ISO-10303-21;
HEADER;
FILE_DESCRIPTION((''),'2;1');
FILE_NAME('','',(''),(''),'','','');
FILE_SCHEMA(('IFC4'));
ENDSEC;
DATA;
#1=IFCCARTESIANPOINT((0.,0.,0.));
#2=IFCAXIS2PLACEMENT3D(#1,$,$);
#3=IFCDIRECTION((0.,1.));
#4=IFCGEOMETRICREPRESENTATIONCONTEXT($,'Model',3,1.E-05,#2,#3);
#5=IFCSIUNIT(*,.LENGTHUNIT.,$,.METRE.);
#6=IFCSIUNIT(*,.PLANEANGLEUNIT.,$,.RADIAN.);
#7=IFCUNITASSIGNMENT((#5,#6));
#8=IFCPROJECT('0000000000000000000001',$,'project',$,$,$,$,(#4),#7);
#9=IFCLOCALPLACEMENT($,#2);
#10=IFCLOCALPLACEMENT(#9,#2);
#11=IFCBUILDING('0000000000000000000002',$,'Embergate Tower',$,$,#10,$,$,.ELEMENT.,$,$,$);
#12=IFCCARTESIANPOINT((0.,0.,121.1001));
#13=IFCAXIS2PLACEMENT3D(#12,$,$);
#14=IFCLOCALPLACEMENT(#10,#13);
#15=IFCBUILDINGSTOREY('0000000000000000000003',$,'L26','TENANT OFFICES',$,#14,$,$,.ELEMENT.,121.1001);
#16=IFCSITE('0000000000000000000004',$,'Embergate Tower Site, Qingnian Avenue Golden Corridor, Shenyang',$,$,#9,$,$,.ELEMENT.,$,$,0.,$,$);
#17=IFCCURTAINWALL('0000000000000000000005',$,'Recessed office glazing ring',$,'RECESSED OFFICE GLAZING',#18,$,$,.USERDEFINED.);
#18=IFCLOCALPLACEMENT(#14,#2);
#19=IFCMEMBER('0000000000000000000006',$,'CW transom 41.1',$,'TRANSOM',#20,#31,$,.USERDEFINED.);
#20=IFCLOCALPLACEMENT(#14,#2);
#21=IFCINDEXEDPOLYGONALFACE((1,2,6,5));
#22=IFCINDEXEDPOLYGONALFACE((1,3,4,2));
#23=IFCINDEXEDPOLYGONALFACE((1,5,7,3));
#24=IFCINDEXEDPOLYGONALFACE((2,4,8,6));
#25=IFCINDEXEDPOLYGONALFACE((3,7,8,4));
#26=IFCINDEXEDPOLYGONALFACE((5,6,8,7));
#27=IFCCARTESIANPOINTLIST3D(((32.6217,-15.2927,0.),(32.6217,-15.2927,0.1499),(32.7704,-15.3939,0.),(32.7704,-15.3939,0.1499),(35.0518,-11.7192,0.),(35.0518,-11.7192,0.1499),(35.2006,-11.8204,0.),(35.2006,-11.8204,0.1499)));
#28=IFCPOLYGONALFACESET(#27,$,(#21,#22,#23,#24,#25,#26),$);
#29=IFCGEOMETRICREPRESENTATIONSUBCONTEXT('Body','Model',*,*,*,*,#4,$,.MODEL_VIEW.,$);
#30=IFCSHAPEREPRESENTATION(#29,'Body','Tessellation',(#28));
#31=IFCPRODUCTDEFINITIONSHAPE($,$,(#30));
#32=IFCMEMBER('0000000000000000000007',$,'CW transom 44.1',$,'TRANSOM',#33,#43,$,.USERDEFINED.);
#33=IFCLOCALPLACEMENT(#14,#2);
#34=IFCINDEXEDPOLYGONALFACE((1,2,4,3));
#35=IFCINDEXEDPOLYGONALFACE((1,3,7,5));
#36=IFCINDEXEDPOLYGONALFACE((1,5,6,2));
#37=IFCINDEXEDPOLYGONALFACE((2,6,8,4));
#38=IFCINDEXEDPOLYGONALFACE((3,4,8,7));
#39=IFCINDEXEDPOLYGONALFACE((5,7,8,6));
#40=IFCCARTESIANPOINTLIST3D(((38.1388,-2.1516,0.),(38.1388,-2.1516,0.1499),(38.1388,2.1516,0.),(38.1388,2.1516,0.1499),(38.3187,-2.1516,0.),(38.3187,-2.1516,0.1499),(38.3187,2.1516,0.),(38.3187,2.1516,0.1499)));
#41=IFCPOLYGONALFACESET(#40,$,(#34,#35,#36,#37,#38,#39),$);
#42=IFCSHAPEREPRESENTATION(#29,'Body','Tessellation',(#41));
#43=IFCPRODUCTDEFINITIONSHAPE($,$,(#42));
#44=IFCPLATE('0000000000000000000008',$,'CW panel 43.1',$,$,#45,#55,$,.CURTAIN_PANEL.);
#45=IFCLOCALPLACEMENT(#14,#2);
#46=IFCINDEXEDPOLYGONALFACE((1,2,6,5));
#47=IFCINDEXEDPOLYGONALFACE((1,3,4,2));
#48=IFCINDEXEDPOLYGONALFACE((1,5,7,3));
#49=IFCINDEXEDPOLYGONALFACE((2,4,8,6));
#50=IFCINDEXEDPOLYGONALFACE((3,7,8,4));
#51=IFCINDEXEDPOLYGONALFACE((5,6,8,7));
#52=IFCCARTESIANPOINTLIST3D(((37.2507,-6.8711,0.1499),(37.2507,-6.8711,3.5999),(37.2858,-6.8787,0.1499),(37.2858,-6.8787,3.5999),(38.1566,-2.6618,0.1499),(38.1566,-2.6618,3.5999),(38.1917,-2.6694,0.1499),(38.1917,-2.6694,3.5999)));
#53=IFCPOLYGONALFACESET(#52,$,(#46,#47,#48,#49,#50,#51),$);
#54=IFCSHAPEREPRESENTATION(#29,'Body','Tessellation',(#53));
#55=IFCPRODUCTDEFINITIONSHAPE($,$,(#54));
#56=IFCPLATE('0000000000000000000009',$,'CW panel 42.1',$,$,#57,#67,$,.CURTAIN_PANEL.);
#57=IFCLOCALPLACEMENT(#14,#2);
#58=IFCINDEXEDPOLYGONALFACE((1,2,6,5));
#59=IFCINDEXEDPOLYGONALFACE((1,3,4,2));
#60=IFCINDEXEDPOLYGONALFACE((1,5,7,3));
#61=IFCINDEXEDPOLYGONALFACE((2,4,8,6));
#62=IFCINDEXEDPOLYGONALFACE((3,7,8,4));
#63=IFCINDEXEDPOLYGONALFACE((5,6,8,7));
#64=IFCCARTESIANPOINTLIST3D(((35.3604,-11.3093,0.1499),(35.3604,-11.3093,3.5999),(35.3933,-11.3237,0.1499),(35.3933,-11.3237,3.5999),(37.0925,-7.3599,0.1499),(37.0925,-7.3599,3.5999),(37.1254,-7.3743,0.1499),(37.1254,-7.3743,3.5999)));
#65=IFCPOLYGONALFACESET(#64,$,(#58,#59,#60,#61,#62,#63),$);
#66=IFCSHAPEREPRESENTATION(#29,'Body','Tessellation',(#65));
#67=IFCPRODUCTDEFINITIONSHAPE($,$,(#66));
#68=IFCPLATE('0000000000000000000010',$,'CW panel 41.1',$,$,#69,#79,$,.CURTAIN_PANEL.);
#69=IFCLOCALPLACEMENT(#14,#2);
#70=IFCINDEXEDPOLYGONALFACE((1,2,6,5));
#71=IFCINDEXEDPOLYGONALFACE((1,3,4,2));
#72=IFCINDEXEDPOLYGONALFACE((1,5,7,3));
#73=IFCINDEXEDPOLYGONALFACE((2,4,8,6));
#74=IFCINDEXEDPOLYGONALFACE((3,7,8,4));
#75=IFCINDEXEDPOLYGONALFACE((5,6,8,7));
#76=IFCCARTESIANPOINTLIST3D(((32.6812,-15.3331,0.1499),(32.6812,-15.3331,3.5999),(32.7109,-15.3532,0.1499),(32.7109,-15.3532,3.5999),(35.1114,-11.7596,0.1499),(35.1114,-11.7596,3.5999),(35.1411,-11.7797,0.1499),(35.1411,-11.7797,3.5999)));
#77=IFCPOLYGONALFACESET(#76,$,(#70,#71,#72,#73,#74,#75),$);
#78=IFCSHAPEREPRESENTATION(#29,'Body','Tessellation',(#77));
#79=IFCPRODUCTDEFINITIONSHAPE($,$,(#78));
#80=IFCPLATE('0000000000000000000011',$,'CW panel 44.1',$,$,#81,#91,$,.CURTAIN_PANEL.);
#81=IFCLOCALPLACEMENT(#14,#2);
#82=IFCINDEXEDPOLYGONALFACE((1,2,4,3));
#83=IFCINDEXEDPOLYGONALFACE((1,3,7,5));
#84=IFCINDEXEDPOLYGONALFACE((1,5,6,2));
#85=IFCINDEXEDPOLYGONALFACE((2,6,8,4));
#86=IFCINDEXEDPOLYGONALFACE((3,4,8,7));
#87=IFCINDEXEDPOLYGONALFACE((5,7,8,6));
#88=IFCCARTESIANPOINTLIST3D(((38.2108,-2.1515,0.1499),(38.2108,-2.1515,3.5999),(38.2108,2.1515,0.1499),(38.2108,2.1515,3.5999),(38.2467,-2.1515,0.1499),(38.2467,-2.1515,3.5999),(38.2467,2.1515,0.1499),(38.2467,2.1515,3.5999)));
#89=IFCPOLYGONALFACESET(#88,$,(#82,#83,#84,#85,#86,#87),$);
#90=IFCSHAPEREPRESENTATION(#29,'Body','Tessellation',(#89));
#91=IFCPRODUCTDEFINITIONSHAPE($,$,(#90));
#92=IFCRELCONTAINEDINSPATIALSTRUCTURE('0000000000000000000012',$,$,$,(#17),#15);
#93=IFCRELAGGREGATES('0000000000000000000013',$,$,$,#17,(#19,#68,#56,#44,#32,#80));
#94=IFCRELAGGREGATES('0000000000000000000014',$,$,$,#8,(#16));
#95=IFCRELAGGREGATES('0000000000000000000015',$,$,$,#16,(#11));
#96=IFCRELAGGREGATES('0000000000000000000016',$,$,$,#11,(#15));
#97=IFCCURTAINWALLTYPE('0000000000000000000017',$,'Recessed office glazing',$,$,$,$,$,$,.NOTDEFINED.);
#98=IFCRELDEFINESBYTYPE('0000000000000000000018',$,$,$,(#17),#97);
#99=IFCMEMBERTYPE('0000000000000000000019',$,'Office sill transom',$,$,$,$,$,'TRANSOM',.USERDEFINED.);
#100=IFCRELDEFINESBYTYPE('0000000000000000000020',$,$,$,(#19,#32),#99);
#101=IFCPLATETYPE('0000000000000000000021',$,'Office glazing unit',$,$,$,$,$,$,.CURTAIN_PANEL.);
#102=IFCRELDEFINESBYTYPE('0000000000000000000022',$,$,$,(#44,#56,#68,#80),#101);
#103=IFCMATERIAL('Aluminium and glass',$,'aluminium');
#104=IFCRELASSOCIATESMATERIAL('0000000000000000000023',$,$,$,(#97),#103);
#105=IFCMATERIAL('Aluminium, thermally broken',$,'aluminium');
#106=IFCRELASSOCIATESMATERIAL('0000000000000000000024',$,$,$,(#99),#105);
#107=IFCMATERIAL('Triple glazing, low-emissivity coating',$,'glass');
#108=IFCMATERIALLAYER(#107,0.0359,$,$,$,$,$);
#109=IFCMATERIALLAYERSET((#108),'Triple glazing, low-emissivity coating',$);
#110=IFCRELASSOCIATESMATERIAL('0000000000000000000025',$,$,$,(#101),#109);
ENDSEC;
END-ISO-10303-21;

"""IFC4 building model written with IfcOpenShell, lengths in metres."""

from ifc_helpers import new_model, si_unit, direction, frame, origin, origin_2d, place, context, subcontext, project, spatial, rectangle, extrude, source, transform, mapped, material, layer, layer_set, material_profile, profile_set, type_object, element, aggregate, save


model = new_model("IFC4")

# Units and contexts
model_context = context("Model", 3, precision=1e-05, world=origin(), true_north=direction((0.0, 1.0)))
body_context = subcontext(model_context, "Body", "Model", "MODEL_VIEW")
ifc_project = project(units=[si_unit("LENGTHUNIT", "METRE"), si_unit("PLANEANGLEUNIT", "RADIAN")], contexts=[model_context])

# Site, building, storey
site_placement = place(None, origin())
site = spatial("IfcSite", under=ifc_project, at=site_placement, Name="Embergate Tower Site, Qingnian Avenue Golden Corridor, Shenyang", CompositionType="ELEMENT", RefElevation=0.0)
building_placement = place(site_placement, origin())
building = spatial("IfcBuilding", under=site, at=building_placement, Name="Embergate Tower", CompositionType="ELEMENT")
storey_placement = place(building_placement, frame((0.0, 0.0, 121.1001)))
storey = spatial("IfcBuildingStorey", under=building, at=storey_placement, Name="L26", Description="TENANT OFFICES", CompositionType="ELEMENT", Elevation=121.1001)

# Curtain wall, members, plates
ifc_material_1 = material(Name="Aluminium and glass", Category="aluminium")
curtain_wall_type = type_object("IfcCurtainWallType", Name="Recessed office glazing", PredefinedType="NOTDEFINED", material=ifc_material_1)
curtain_wall_placement = place(storey_placement, origin())
curtain_wall = element("IfcCurtainWall", 1, at=curtain_wall_placement, inside=storey, type_object=curtain_wall_type, Name="Recessed office glazing ring", ObjectType="RECESSED OFFICE GLAZING", PredefinedType="USERDEFINED")
ifc_material_2 = material(Name="Aluminium, thermally broken", Category="aluminium")
ifc_material_profile_1 = material_profile(ifc_material_2, rectangle(XDim=0.1799, YDim=0.1499, at=origin_2d()), Name="AL 150x180")
ifc_profile_set_1 = profile_set([ifc_material_profile_1], Name="Aluminium, thermally broken")
member_type_1 = type_object("IfcMemberType", Name="Office sill transom", ElementType="TRANSOM", PredefinedType="USERDEFINED", material=ifc_profile_set_1)
shared_shape_1 = source(origin(), body_context, "Body", "SweptSolid", [
    extrude(rectangle(XDim=0.1799, YDim=0.1499, at=origin_2d()), origin(), (0.0, 0.0, 1.0), 4.3215),
])
member_1_placement = place(storey_placement, frame((32.696, -15.3433, 0.075), z_axis=(0.562342, 0.826904, 0.0), x_axis=(-0.826904, 0.562342, 0.0)))
member_1 = element("IfcMember", 2, at=member_1_placement, type_object=member_type_1, Name="CW transom 41.1", ObjectType="TRANSOM", PredefinedType="USERDEFINED", context=body_context, shape_type="MappedRepresentation", body=[
    mapped(shared_shape_1, transform((0.0, 0.0, 0.0))),
])
shared_shape_2 = source(origin(), body_context, "Body", "SweptSolid", [
    extrude(rectangle(XDim=0.1799, YDim=0.1499, at=origin_2d()), origin(), (0.0, 0.0, 1.0), 4.3032),
])
member_2_placement = place(storey_placement, frame((38.2288, -2.1516, 0.075), z_axis=(0.0, 1.0, 0.0), x_axis=(-1.0, 0.0, 0.0)))
member_2 = element("IfcMember", 3, at=member_2_placement, type_object=member_type_1, Name="CW transom 44.1", ObjectType="TRANSOM", PredefinedType="USERDEFINED", context=body_context, shape_type="MappedRepresentation", body=[
    mapped(shared_shape_2, transform((0.0, 0.0, 0.0))),
])
ifc_material_3 = material(Name="Triple glazing, low-emissivity coating", Category="glass")
ifc_layer_1 = layer(ifc_material_3, 0.0359)
ifc_layer_set_1 = layer_set([ifc_layer_1], Name="Triple glazing, low-emissivity coating")
plate_type = type_object("IfcPlateType", Name="Office glazing unit", PredefinedType="CURTAIN_PANEL", material=ifc_layer_set_1)
shared_shape_3 = source(origin(), body_context, "Body", "SweptSolid", [
    extrude(rectangle(XDim=4.3057, YDim=0.0359, at=origin_2d()), origin(), (0.0, 0.0, 1.0), 3.45),
])
plate_1_placement = place(storey_placement, frame((37.7212, -4.7703, 0.1499), z_axis=(0.0, 0.0, 1.0), x_axis=(0.210398, 0.977616, 0.0)))
plate_1 = element("IfcPlate", 4, at=plate_1_placement, type_object=plate_type, Name="CW panel 43.1", PredefinedType="CURTAIN_PANEL", context=body_context, shape_type="MappedRepresentation", body=[
    mapped(shared_shape_3, transform((0.0, 0.0, 0.0))),
])
shared_shape_4 = source(origin(), body_context, "Body", "SweptSolid", [
    extrude(rectangle(XDim=4.3125, YDim=0.0359, at=origin_2d()), origin(), (0.0, 0.0, 1.0), 3.45),
])
plate_2_placement = place(storey_placement, frame((36.2429, -9.3418, 0.1499), z_axis=(0.0, 0.0, 1.0), x_axis=(0.401652, 0.915792, 0.0)))
plate_2 = element("IfcPlate", 5, at=plate_2_placement, type_object=plate_type, Name="CW panel 42.1", PredefinedType="CURTAIN_PANEL", context=body_context, shape_type="MappedRepresentation", body=[
    mapped(shared_shape_4, transform((0.0, 0.0, 0.0))),
])
shared_shape_5 = source(origin(), body_context, "Body", "SweptSolid", [
    extrude(rectangle(XDim=4.3215, YDim=0.0359, at=origin_2d()), origin(), (0.0, 0.0, 1.0), 3.45),
])
plate_3_placement = place(storey_placement, frame((33.9111, -13.5564, 0.1499), z_axis=(0.0, 0.0, 1.0), x_axis=(0.562342, 0.826905, 0.0)))
plate_3 = element("IfcPlate", 6, at=plate_3_placement, type_object=plate_type, Name="CW panel 41.1", PredefinedType="CURTAIN_PANEL", context=body_context, shape_type="MappedRepresentation", body=[
    mapped(shared_shape_5, transform((0.0, 0.0, 0.0))),
])
shared_shape_6 = source(origin(), body_context, "Body", "SweptSolid", [
    extrude(rectangle(XDim=4.303, YDim=0.0359, at=origin_2d()), origin(), (0.0, 0.0, 1.0), 3.45),
])
plate_4_placement = place(storey_placement, frame((38.2288, 0.0, 0.1499), z_axis=(0.0, 0.0, 1.0), x_axis=(0.0, 1.0, 0.0)))
plate_4 = element("IfcPlate", 7, at=plate_4_placement, type_object=plate_type, Name="CW panel 44.1", PredefinedType="CURTAIN_PANEL", context=body_context, shape_type="MappedRepresentation", body=[
    mapped(shared_shape_6, transform((0.0, 0.0, 0.0))),
])
aggregate(curtain_wall, [member_1, plate_3, plate_2, plate_1, member_2, plate_4])

save(model, "model.ifc")
